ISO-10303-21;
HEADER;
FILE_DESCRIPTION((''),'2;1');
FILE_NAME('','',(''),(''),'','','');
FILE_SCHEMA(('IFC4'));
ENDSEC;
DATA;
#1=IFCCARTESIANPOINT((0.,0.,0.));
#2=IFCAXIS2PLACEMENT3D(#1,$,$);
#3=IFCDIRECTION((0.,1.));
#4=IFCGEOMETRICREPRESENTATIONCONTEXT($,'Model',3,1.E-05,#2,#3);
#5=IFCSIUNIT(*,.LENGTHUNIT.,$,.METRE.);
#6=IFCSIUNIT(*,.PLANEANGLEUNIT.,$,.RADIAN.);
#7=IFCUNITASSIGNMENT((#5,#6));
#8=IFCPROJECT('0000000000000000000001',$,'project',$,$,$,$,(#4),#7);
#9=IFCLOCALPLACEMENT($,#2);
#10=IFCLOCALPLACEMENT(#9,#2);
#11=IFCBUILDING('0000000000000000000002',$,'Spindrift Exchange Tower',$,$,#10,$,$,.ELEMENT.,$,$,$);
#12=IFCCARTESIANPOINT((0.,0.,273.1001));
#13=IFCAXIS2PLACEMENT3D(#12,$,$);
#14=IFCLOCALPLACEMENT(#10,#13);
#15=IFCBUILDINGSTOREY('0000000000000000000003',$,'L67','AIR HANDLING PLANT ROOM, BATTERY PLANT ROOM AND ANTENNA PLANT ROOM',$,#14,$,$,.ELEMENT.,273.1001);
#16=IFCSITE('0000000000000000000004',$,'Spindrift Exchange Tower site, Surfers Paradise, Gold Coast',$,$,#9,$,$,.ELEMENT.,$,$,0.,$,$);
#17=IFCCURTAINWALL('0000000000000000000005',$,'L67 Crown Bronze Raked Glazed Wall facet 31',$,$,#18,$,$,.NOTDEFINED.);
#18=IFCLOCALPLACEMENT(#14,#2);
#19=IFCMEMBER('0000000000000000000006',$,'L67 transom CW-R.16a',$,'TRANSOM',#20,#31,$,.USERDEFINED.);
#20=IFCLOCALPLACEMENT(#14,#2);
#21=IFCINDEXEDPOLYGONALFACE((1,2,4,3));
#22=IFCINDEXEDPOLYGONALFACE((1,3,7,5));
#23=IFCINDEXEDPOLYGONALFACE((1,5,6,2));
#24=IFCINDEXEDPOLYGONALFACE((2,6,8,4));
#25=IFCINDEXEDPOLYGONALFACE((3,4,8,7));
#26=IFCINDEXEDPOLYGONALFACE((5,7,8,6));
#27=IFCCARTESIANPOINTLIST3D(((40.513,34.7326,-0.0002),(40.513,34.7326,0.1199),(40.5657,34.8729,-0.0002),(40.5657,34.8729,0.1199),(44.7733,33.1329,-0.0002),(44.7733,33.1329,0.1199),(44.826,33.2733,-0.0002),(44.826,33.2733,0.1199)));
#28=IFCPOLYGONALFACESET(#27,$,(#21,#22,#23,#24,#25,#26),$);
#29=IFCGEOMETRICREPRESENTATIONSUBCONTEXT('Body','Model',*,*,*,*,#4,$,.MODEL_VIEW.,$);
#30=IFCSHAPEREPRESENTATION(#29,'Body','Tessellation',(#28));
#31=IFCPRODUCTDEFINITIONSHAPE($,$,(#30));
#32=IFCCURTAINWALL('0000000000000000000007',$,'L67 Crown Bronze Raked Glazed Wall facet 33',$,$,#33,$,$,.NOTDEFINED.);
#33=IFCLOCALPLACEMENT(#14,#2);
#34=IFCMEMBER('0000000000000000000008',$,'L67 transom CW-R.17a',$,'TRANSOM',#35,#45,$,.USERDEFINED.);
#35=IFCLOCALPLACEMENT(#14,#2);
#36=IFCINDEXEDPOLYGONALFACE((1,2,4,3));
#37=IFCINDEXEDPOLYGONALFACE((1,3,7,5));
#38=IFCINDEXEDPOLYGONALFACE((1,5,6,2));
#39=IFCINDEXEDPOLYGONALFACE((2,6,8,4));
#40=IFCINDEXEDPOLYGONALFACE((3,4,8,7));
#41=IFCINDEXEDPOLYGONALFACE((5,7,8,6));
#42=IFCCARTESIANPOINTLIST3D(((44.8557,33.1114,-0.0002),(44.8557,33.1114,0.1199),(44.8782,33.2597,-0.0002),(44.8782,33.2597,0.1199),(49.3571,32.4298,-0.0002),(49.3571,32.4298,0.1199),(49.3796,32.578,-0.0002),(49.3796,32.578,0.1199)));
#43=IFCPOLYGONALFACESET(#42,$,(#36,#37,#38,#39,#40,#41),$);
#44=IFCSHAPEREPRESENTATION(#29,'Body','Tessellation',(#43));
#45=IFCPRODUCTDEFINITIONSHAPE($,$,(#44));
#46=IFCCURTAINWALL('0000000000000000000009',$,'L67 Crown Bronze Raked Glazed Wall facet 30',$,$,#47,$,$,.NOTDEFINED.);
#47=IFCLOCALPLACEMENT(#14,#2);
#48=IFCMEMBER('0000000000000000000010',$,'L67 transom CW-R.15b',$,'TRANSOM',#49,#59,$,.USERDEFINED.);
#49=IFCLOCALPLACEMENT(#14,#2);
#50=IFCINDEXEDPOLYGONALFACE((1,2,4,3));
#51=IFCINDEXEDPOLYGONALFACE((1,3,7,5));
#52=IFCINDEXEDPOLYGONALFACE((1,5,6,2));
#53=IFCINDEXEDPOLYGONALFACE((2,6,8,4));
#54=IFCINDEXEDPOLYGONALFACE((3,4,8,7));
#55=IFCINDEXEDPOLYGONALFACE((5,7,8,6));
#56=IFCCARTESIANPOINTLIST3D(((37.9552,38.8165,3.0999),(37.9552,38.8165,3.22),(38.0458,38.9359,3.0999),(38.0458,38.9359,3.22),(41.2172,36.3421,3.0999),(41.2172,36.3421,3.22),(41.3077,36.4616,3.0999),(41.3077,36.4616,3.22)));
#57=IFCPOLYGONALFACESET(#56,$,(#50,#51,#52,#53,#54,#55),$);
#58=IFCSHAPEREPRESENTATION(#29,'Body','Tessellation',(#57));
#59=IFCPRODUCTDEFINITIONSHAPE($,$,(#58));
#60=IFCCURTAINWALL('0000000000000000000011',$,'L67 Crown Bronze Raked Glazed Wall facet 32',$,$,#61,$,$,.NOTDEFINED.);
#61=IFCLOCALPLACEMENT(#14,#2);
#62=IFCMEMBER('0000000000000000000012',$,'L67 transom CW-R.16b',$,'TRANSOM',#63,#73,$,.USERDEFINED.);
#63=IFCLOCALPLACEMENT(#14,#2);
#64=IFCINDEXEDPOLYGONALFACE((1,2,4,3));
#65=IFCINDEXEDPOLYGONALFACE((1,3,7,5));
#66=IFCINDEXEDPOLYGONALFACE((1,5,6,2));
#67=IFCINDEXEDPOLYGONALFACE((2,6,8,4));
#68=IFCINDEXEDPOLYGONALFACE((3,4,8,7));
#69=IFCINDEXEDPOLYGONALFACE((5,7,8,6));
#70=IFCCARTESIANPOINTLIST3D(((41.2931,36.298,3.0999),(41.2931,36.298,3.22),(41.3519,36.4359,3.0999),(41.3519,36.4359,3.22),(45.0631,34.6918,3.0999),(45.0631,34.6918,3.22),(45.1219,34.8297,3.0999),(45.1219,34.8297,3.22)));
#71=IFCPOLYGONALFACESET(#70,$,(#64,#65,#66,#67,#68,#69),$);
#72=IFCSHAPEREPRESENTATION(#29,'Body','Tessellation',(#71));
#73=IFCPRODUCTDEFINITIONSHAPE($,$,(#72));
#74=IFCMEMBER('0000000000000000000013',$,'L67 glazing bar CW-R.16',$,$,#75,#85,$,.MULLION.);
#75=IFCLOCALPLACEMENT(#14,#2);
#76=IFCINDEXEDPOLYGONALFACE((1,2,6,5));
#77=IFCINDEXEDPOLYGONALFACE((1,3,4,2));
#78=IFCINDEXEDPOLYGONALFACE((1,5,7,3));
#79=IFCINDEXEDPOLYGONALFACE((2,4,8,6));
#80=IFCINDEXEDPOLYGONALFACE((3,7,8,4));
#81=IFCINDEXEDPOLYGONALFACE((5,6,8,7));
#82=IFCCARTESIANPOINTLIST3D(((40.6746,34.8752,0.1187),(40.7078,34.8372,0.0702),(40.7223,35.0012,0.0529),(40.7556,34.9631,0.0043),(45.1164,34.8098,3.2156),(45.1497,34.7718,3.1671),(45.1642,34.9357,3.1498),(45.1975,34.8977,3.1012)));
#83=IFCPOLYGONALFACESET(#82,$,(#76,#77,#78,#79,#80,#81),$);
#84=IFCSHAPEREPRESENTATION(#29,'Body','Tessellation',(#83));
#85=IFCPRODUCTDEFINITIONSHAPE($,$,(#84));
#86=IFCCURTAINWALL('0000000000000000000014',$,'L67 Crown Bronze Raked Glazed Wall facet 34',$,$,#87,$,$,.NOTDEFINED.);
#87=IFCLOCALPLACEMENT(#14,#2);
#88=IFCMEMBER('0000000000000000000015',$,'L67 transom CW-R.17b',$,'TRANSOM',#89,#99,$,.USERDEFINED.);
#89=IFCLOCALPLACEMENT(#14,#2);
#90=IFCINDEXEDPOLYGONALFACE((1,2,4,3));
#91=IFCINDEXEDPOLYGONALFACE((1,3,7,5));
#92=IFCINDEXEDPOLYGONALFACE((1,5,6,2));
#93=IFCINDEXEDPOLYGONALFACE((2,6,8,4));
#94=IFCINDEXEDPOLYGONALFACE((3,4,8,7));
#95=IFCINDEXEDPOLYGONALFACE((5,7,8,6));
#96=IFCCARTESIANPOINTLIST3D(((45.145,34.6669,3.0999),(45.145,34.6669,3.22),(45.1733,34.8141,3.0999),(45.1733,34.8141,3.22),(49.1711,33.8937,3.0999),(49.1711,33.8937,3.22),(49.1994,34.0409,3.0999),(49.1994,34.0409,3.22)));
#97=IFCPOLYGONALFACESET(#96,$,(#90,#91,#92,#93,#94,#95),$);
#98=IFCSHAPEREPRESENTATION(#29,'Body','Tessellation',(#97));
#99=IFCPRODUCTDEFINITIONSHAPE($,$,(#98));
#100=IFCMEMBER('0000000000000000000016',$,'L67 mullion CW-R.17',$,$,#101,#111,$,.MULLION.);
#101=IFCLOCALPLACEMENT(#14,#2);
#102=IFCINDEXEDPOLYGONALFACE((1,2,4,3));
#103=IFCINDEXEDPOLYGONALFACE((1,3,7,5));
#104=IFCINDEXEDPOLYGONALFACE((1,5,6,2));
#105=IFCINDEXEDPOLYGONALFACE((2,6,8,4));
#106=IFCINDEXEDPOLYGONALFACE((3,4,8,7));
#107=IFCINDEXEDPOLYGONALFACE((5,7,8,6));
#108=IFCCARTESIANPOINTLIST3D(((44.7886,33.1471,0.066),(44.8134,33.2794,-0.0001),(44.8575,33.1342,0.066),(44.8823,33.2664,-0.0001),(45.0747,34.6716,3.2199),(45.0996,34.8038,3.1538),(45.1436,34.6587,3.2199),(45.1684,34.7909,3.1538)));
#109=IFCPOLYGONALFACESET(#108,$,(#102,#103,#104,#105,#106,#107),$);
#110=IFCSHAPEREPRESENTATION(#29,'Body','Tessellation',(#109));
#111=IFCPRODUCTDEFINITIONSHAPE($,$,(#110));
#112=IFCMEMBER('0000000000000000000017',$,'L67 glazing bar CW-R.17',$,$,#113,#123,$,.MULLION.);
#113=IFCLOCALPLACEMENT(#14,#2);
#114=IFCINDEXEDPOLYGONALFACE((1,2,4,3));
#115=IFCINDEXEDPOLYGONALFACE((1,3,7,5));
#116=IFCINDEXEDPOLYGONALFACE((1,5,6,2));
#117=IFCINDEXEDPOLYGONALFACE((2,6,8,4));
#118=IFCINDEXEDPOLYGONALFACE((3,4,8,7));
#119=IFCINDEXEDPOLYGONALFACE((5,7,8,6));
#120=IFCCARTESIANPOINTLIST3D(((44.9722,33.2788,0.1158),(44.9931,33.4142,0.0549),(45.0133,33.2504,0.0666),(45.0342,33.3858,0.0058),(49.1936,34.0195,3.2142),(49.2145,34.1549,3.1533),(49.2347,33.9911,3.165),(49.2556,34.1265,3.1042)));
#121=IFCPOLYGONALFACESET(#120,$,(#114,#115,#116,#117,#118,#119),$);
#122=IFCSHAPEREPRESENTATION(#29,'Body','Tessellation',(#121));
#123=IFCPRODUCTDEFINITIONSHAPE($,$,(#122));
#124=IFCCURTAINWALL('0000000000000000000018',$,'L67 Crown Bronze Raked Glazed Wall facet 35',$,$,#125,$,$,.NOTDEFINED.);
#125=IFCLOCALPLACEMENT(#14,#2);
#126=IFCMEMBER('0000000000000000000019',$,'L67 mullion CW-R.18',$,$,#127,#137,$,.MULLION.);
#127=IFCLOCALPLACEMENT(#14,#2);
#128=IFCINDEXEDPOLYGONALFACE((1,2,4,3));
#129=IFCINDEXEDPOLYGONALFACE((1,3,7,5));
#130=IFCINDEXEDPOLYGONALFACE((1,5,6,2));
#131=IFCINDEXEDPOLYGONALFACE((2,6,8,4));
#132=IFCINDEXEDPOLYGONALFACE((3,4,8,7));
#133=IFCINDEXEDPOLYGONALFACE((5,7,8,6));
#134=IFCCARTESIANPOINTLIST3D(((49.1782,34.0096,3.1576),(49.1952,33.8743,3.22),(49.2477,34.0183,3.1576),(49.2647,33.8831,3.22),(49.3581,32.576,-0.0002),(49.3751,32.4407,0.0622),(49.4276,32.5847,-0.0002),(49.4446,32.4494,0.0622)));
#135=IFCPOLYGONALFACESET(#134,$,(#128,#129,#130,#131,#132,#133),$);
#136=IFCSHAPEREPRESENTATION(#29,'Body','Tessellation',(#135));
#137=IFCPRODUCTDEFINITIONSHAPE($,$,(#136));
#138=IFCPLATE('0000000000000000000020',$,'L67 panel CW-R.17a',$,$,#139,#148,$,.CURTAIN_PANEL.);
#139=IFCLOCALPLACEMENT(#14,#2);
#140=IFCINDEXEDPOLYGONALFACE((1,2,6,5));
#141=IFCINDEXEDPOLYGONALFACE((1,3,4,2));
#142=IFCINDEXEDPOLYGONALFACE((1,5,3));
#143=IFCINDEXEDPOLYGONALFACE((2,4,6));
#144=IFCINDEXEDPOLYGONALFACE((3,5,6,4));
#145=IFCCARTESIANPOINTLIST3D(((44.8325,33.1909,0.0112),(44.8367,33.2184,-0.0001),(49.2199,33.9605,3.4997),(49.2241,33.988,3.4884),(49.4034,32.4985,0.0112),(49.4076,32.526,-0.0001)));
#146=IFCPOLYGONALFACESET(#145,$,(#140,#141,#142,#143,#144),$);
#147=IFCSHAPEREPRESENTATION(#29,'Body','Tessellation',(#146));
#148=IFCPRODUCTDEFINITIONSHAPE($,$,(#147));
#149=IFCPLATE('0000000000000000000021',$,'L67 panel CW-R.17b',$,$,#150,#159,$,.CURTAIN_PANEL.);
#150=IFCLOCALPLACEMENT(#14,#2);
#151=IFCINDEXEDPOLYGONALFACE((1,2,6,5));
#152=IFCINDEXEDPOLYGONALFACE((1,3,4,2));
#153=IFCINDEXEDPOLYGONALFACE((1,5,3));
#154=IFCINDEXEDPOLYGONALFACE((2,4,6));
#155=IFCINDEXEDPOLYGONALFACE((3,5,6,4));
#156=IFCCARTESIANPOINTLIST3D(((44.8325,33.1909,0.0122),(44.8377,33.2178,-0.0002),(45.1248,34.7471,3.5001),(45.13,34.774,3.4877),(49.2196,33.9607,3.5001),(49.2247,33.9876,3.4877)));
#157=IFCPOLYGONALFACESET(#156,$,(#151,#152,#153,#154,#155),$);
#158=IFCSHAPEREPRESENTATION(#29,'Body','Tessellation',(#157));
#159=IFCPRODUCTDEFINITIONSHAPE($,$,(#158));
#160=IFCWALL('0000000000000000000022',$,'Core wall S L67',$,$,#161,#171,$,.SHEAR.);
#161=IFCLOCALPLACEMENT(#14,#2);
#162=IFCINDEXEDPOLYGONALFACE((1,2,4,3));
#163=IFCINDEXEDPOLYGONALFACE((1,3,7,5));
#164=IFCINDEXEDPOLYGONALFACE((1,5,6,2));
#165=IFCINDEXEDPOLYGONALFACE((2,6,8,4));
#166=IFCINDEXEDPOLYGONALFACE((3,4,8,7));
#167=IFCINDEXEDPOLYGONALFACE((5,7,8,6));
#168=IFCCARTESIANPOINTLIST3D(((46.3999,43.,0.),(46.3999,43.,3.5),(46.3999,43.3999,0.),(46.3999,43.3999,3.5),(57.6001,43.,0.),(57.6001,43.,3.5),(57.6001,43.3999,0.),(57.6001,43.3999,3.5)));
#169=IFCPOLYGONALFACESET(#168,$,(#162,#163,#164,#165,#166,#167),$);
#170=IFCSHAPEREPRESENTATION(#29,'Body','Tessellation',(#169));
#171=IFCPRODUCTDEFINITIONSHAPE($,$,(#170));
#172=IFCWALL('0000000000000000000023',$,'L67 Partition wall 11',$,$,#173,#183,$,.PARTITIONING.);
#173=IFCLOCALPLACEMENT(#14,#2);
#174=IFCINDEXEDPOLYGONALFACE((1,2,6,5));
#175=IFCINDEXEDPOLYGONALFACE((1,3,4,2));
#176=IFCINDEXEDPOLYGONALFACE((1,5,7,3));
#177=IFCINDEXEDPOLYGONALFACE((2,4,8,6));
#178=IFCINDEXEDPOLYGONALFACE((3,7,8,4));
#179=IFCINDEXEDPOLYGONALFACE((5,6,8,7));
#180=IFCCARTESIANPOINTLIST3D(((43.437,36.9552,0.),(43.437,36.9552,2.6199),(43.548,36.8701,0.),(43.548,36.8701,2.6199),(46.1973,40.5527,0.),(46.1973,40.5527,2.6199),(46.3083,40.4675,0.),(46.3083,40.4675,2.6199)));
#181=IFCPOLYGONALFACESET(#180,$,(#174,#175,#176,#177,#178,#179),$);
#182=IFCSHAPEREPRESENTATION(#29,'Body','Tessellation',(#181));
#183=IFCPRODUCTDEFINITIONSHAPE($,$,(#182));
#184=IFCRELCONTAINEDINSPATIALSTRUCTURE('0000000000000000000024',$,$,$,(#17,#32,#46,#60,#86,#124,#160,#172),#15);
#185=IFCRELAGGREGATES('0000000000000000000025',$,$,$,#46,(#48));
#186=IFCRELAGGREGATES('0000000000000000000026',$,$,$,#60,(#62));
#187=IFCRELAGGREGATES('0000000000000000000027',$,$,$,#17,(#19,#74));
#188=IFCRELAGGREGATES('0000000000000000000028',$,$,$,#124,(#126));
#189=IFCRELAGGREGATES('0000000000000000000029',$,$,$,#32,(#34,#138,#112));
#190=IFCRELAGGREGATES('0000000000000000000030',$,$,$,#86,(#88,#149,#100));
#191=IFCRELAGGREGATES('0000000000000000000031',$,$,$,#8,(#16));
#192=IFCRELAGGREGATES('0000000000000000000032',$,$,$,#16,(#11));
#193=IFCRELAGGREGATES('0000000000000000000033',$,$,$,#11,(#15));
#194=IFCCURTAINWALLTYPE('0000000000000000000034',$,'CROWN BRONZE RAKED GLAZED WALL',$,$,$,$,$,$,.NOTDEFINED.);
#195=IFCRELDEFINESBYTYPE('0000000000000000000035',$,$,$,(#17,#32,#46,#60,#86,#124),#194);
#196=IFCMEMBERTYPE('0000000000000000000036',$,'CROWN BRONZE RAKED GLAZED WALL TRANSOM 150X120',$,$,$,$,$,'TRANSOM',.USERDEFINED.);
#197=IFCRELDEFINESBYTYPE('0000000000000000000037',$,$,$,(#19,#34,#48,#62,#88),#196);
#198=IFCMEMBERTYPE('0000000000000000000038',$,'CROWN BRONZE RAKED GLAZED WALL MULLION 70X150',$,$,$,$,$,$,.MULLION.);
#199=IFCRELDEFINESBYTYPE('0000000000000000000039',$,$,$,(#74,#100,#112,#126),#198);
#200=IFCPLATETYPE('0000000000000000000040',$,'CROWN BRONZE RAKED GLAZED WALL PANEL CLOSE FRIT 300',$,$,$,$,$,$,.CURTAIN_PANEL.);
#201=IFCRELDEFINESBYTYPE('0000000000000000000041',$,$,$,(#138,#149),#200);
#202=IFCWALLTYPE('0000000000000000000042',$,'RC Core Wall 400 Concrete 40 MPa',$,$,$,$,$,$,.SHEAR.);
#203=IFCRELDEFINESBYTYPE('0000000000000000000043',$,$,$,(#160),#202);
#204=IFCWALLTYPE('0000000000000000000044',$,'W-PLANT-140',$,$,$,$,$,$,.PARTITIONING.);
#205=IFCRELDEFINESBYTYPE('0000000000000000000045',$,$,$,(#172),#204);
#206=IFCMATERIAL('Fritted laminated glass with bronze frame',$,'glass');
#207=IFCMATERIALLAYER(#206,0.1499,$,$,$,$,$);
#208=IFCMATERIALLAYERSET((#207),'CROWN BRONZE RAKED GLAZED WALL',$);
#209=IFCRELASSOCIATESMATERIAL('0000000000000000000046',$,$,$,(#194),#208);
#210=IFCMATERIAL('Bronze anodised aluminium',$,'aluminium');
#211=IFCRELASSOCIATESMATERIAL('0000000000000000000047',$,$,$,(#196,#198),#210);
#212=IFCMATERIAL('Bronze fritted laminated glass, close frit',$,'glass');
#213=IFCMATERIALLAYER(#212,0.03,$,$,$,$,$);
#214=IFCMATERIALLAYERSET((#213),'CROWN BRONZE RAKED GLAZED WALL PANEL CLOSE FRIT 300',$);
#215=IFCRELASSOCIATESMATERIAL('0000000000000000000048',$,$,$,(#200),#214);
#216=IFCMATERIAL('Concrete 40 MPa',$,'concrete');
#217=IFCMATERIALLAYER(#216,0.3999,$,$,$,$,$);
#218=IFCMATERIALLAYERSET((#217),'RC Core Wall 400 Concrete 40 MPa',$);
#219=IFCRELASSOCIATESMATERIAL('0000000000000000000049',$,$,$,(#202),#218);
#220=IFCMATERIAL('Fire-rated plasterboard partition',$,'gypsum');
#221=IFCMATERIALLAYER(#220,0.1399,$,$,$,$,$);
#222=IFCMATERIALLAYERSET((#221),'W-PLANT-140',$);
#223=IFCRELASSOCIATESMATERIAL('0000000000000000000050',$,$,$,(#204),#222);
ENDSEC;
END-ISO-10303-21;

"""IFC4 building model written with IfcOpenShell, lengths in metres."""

from ifc_helpers import new_model, si_unit, direction, frame, frame_2d, origin, origin_2d, place, context, subcontext, project, spatial, line, indexed_curve, rectangle, outline, extrude, source, transform, mapped, material, layer, layer_set, material_profile, profile_set, type_object, element, aggregate, save


model = new_model("IFC4")

# Units and contexts
model_context = context("Model", 3, precision=1e-05, world=origin(), true_north=direction((0.0, 1.0)))
body_context = subcontext(model_context, "Body", "Model", "MODEL_VIEW")
ifc_project = project(units=[si_unit("LENGTHUNIT", "METRE"), si_unit("PLANEANGLEUNIT", "RADIAN")], contexts=[model_context])

# Site, building, storey
site_placement = place(None, origin())
site = spatial("IfcSite", under=ifc_project, at=site_placement, Name="Spindrift Exchange Tower site, Surfers Paradise, Gold Coast", CompositionType="ELEMENT", RefElevation=0.0)
building_placement = place(site_placement, origin())
building = spatial("IfcBuilding", under=site, at=building_placement, Name="Spindrift Exchange Tower", CompositionType="ELEMENT")
storey_placement = place(building_placement, frame((0.0, 0.0, 273.1001)))
storey = spatial("IfcBuildingStorey", under=building, at=storey_placement, Name="L67", Description="AIR HANDLING PLANT ROOM, BATTERY PLANT ROOM AND ANTENNA PLANT ROOM", CompositionType="ELEMENT", Elevation=273.1001)

# Shared definitions
ifc_material_1 = material(Name="Concrete 40 MPa", Category="concrete")

# Curtain walls, members
ifc_material_2 = material(Name="Fritted laminated glass with bronze frame", Category="glass")
ifc_layer_1 = layer(ifc_material_2, 0.1499)
ifc_layer_set_1 = layer_set([ifc_layer_1], Name="CROWN BRONZE RAKED GLAZED WALL")
curtain_wall_type = type_object("IfcCurtainWallType", Name="CROWN BRONZE RAKED GLAZED WALL", PredefinedType="NOTDEFINED", material=ifc_layer_set_1)
curtain_wall_1_placement = place(storey_placement, origin())
curtain_wall_1 = element("IfcCurtainWall", 1, at=curtain_wall_1_placement, inside=storey, type_object=curtain_wall_type, Name="L67 Crown Bronze Raked Glazed Wall facet 31", PredefinedType="NOTDEFINED")
ifc_material_3 = material(Name="Bronze anodised aluminium", Category="aluminium")
ifc_material_profile_1 = material_profile(ifc_material_3, rectangle(XDim=0.1499, YDim=0.1201, at=origin_2d()), Name="CROWN BRONZE RAKED GLAZED WALL TRANSOM 150X120")
ifc_profile_set_1 = profile_set([ifc_material_profile_1], Name="Bronze anodised aluminium")
member_type_1 = type_object("IfcMemberType", Name="CROWN BRONZE RAKED GLAZED WALL TRANSOM 150X120", ElementType="TRANSOM", PredefinedType="USERDEFINED", material=ifc_profile_set_1)
shared_shape_1 = source(origin(), body_context, "Body", "SweptSolid", [
    extrude(rectangle(XDim=0.1499, YDim=0.1201, at=origin_2d()), origin(), (0.0, 0.0, 1.0), 4.5508),
])
member_1_placement = place(storey_placement, frame((40.5393, 34.8027, 0.0598), z_axis=(0.936184, -0.351511, 0.0), x_axis=(0.351511, 0.936184, 0.0)))
member_1 = element("IfcMember", 2, at=member_1_placement, type_object=member_type_1, Name="L67 transom CW-R.16a", ObjectType="TRANSOM", PredefinedType="USERDEFINED", context=body_context, shape_type="MappedRepresentation", body=[
    mapped(shared_shape_1, transform((0.0, 0.0, 0.0), scale=1.0)),
])
curtain_wall_2_placement = place(storey_placement, origin())
curtain_wall_2 = element("IfcCurtainWall", 3, at=curtain_wall_2_placement, inside=storey, type_object=curtain_wall_type, Name="L67 Crown Bronze Raked Glazed Wall facet 33", PredefinedType="NOTDEFINED")
shared_shape_2 = source(origin(), body_context, "Body", "SweptSolid", [
    extrude(rectangle(XDim=0.1499, YDim=0.1201, at=origin_2d()), origin(), (0.0, 0.0, 1.0), 4.5527),
])
member_2_placement = place(storey_placement, frame((44.8669, 33.1855, 0.0598), z_axis=(0.988728, -0.14972, 0.0), x_axis=(0.14972, 0.988728, 0.0)))
member_2 = element("IfcMember", 4, at=member_2_placement, type_object=member_type_1, Name="L67 transom CW-R.17a", ObjectType="TRANSOM", PredefinedType="USERDEFINED", context=body_context, shape_type="MappedRepresentation", body=[
    mapped(shared_shape_2, transform((0.0, 0.0, 0.0), scale=1.0)),
])
curtain_wall_3_placement = place(storey_placement, origin())
curtain_wall_3 = element("IfcCurtainWall", 5, at=curtain_wall_3_placement, inside=storey, type_object=curtain_wall_type, Name="L67 Crown Bronze Raked Glazed Wall facet 30", PredefinedType="NOTDEFINED")
shared_shape_3 = source(origin(), body_context, "Body", "SweptSolid", [
    extrude(rectangle(XDim=0.1499, YDim=0.1201, at=origin_2d()), origin(), (0.0, 0.0, 1.0), 4.0942),
])
member_3_placement = place(storey_placement, frame((41.2625, 36.4019, 3.1599), z_axis=(-0.796718, 0.604351, 0.0), x_axis=(-0.604351, -0.796718, 0.0)))
member_3 = element("IfcMember", 6, at=member_3_placement, type_object=member_type_1, Name="L67 transom CW-R.15b", ObjectType="TRANSOM", PredefinedType="USERDEFINED", context=body_context, shape_type="MappedRepresentation", body=[
    mapped(shared_shape_3, transform((0.0, 0.0, 0.0), scale=1.0)),
])
aggregate(curtain_wall_3, [member_3])
curtain_wall_4_placement = place(storey_placement, origin())
curtain_wall_4 = element("IfcCurtainWall", 7, at=curtain_wall_4_placement, inside=storey, type_object=curtain_wall_type, Name="L67 Crown Bronze Raked Glazed Wall facet 32", PredefinedType="NOTDEFINED")
shared_shape_4 = source(origin(), body_context, "Body", "SweptSolid", [
    extrude(rectangle(XDim=0.1499, YDim=0.1201, at=origin_2d()), origin(), (0.0, 0.0, 1.0), 4.0979),
])
member_4_placement = place(storey_placement, frame((41.3225, 36.3669, 3.1599), z_axis=(0.919984, -0.391955, 0.0), x_axis=(0.391955, 0.919984, 0.0)))
member_4 = element("IfcMember", 8, at=member_4_placement, type_object=member_type_1, Name="L67 transom CW-R.16b", ObjectType="TRANSOM", PredefinedType="USERDEFINED", context=body_context, shape_type="MappedRepresentation", body=[
    mapped(shared_shape_4, transform((0.0, 0.0, 0.0), scale=1.0)),
])
aggregate(curtain_wall_4, [member_4])

# Member
ifc_material_profile_2 = material_profile(ifc_material_3, rectangle(XDim=0.0701, YDim=0.1499, at=origin_2d()), Name="CROWN BRONZE RAKED GLAZED WALL MULLION 70X150")
ifc_profile_set_2 = profile_set([ifc_material_profile_2], Name="Bronze anodised aluminium")
member_type_2 = type_object("IfcMemberType", Name="CROWN BRONZE RAKED GLAZED WALL MULLION 70X150", PredefinedType="MULLION", material=ifc_profile_set_2)
shared_shape_5 = source(origin(), body_context, "Body", "SweptSolid", [
    extrude(rectangle(XDim=0.0701, YDim=0.1499, at=origin_2d()), origin(), (0.0, 0.0, 1.0), 5.4153),
])
member_5_placement = place(storey_placement, frame((40.7151, 34.9192, 0.0615), z_axis=(0.820247, -0.012082, 0.571882), x_axis=(-0.475028, 0.542574, 0.692793)))
member_5 = element("IfcMember", 9, at=member_5_placement, type_object=member_type_2, Name="L67 glazing bar CW-R.16", PredefinedType="MULLION", context=body_context, shape_type="MappedRepresentation", body=[
    mapped(shared_shape_5, transform((0.0, 0.0, 0.0), scale=1.0)),
])
aggregate(curtain_wall_1, [member_1, member_5])

# Curtain wall, members
curtain_wall_5_placement = place(storey_placement, origin())
curtain_wall_5 = element("IfcCurtainWall", 10, at=curtain_wall_5_placement, inside=storey, type_object=curtain_wall_type, Name="L67 Crown Bronze Raked Glazed Wall facet 34", PredefinedType="NOTDEFINED")
shared_shape_6 = source(origin(), body_context, "Body", "SweptSolid", [
    extrude(rectangle(XDim=0.1499, YDim=0.1201, at=origin_2d()), origin(), (0.0, 0.0, 1.0), 4.0996),
])
member_6_placement = place(storey_placement, frame((45.1592, 34.7405, 3.1599), z_axis=(0.982054, -0.188598, 0.0), x_axis=(0.188598, 0.982054, 0.0)))
member_6 = element("IfcMember", 11, at=member_6_placement, type_object=member_type_1, Name="L67 transom CW-R.17b", ObjectType="TRANSOM", PredefinedType="USERDEFINED", context=body_context, shape_type="MappedRepresentation", body=[
    mapped(shared_shape_6, transform((0.0, 0.0, 0.0), scale=1.0)),
])
shared_shape_7 = source(origin(), body_context, "Body", "SweptSolid", [
    extrude(rectangle(XDim=0.0701, YDim=0.1499, at=origin_2d()), origin(), (0.0, 0.0, 1.0), 3.5146),
])
member_7_placement = place(storey_placement, frame((44.8354, 33.2068, 0.033), z_axis=(0.081413, 0.433741, 0.897352), x_axis=(-0.982837, 0.184479, 0.0)))
member_7 = element("IfcMember", 12, at=member_7_placement, type_object=member_type_2, Name="L67 mullion CW-R.17", PredefinedType="MULLION", context=body_context, shape_type="MappedRepresentation", body=[
    mapped(shared_shape_7, transform((0.0, 0.0, 0.0), scale=1.0)),
])

# Member
shared_shape_8 = source(origin(), body_context, "Body", "SweptSolid", [
    extrude(rectangle(XDim=0.0701, YDim=0.1499, at=origin_2d()), origin(), (0.0, 0.0, 1.0), 5.2886),
])
member_8_placement = place(storey_placement, frame((45.0032, 33.3323, 0.0608), z_axis=(0.798215, 0.14006, 0.585863), x_axis=(-0.586025, 0.405601, 0.701471)))
member_8 = element("IfcMember", 13, at=member_8_placement, type_object=member_type_2, Name="L67 glazing bar CW-R.17", PredefinedType="MULLION", context=body_context, shape_type="MappedRepresentation", body=[
    mapped(shared_shape_8, transform((0.0, 0.0, 0.0), scale=1.0)),
])

# Curtain wall, member
curtain_wall_6_placement = place(storey_placement, origin())
curtain_wall_6 = element("IfcCurtainWall", 14, at=curtain_wall_6_placement, inside=storey, type_object=curtain_wall_type, Name="L67 Crown Bronze Raked Glazed Wall facet 35", PredefinedType="NOTDEFINED")
shared_shape_9 = source(origin(), body_context, "Body", "SweptSolid", [
    extrude(rectangle(XDim=0.0701, YDim=0.1499, at=origin_2d()), origin(), (0.0, 0.0, 1.0), 3.4727),
])
member_9_placement = place(storey_placement, frame((49.4014, 32.5127, 0.031), z_axis=(-0.051815, 0.412834, 0.909331), x_axis=(-0.992215, -0.124534, 0.0)))
member_9 = element("IfcMember", 15, at=member_9_placement, type_object=member_type_2, Name="L67 mullion CW-R.18", PredefinedType="MULLION", context=body_context, shape_type="MappedRepresentation", body=[
    mapped(shared_shape_9, transform((0.0, 0.0, 0.0), scale=1.0)),
])
aggregate(curtain_wall_6, [member_9])

# Plates
ifc_material_4 = material(Name="Bronze fritted laminated glass, close frit", Category="glass")
ifc_layer_2 = layer(ifc_material_4, 0.03)
ifc_layer_set_2 = layer_set([ifc_layer_2], Name="CROWN BRONZE RAKED GLAZED WALL PANEL CLOSE FRIT 300")
plate_type = type_object("IfcPlateType", Name="CROWN BRONZE RAKED GLAZED WALL PANEL CLOSE FRIT 300", PredefinedType="CURTAIN_PANEL", material=ifc_layer_set_2)
plate_1_placement = place(storey_placement, frame((44.8325, 33.1909, 0.0112), z_axis=(-0.138753, -0.915937, 0.376572), x_axis=(0.98872, -0.149779, 0.0)))
plate_1 = element("IfcPlate", 16, at=plate_1_placement, type_object=plate_type, Name="L67 panel CW-R.17a", PredefinedType="CURTAIN_PANEL", context=body_context, shape_type="SweptSolid", body=[
    extrude(outline(indexed_curve([(0.0, 0.0), (4.623, 0.0), (4.2227, 3.7656)], segments=[line(1, 2, 3, 1)], self_intersect=False)), origin(), (0.0, 0.0, -1.0), 0.03),
])
aggregate(curtain_wall_2, [member_2, plate_1, member_8])
plate_2_placement = place(storey_placement, frame((44.8325, 33.1909, 0.0122), z_axis=(-0.171732, -0.894224, 0.413366), x_axis=(0.77548, 0.136073, 0.616535)))
plate_2 = element("IfcPlate", 17, at=plate_2_placement, type_object=plate_type, Name="L67 panel CW-R.17b", PredefinedType="CURTAIN_PANEL", context=body_context, shape_type="SweptSolid", body=[
    extrude(outline(indexed_curve([(0.0, 0.0), (5.6572, 0.0), (2.5889, 2.8232)], segments=[line(1, 2, 3, 1)], self_intersect=False)), origin(), (0.0, 0.0, -1.0), 0.03),
])
aggregate(curtain_wall_5, [member_6, plate_2, member_7])

# Walls
ifc_layer_3 = layer(ifc_material_1, 0.3999)
ifc_layer_set_3 = layer_set([ifc_layer_3], Name="RC Core Wall 400 Concrete 40 MPa")
wall_type_1 = type_object("IfcWallType", Name="RC Core Wall 400 Concrete 40 MPa", PredefinedType="SHEAR", material=ifc_layer_set_3)
wall_1_placement = place(storey_placement, frame((46.3999, 43.2, 0.0), z_axis=(0.0, 0.0, 1.0), x_axis=(1.0, 0.0, 0.0)))
element("IfcWall", 18, at=wall_1_placement, inside=storey, type_object=wall_type_1, Name="Core wall S L67", PredefinedType="SHEAR", context=body_context, shape_type="SweptSolid", body=[
    extrude(rectangle(XDim=11.2002, YDim=0.3999, at=frame_2d((5.6001, 0.0))), origin(), (0.0, 0.0, 1.0), 3.5),
])
ifc_material_5 = material(Name="Fire-rated plasterboard partition", Category="gypsum")
ifc_layer_4 = layer(ifc_material_5, 0.1399)
ifc_layer_set_4 = layer_set([ifc_layer_4], Name="W-PLANT-140")
wall_type_2 = type_object("IfcWallType", Name="W-PLANT-140", PredefinedType="PARTITIONING", material=ifc_layer_set_4)
wall_2_placement = place(storey_placement, frame((46.2527, 40.51, 0.0), z_axis=(0.0, 0.0, 1.0), x_axis=(-0.608742, -0.793368, 0.0)))
element("IfcWall", 19, at=wall_2_placement, inside=storey, type_object=wall_type_2, Name="L67 Partition wall 11", PredefinedType="PARTITIONING", context=body_context, shape_type="SweptSolid", body=[
    extrude(rectangle(XDim=4.5344, YDim=0.1399, at=frame_2d((2.2671, 0.0))), origin(), (0.0, 0.0, 1.0), 2.6199),
])

save(model, "model.ifc")
